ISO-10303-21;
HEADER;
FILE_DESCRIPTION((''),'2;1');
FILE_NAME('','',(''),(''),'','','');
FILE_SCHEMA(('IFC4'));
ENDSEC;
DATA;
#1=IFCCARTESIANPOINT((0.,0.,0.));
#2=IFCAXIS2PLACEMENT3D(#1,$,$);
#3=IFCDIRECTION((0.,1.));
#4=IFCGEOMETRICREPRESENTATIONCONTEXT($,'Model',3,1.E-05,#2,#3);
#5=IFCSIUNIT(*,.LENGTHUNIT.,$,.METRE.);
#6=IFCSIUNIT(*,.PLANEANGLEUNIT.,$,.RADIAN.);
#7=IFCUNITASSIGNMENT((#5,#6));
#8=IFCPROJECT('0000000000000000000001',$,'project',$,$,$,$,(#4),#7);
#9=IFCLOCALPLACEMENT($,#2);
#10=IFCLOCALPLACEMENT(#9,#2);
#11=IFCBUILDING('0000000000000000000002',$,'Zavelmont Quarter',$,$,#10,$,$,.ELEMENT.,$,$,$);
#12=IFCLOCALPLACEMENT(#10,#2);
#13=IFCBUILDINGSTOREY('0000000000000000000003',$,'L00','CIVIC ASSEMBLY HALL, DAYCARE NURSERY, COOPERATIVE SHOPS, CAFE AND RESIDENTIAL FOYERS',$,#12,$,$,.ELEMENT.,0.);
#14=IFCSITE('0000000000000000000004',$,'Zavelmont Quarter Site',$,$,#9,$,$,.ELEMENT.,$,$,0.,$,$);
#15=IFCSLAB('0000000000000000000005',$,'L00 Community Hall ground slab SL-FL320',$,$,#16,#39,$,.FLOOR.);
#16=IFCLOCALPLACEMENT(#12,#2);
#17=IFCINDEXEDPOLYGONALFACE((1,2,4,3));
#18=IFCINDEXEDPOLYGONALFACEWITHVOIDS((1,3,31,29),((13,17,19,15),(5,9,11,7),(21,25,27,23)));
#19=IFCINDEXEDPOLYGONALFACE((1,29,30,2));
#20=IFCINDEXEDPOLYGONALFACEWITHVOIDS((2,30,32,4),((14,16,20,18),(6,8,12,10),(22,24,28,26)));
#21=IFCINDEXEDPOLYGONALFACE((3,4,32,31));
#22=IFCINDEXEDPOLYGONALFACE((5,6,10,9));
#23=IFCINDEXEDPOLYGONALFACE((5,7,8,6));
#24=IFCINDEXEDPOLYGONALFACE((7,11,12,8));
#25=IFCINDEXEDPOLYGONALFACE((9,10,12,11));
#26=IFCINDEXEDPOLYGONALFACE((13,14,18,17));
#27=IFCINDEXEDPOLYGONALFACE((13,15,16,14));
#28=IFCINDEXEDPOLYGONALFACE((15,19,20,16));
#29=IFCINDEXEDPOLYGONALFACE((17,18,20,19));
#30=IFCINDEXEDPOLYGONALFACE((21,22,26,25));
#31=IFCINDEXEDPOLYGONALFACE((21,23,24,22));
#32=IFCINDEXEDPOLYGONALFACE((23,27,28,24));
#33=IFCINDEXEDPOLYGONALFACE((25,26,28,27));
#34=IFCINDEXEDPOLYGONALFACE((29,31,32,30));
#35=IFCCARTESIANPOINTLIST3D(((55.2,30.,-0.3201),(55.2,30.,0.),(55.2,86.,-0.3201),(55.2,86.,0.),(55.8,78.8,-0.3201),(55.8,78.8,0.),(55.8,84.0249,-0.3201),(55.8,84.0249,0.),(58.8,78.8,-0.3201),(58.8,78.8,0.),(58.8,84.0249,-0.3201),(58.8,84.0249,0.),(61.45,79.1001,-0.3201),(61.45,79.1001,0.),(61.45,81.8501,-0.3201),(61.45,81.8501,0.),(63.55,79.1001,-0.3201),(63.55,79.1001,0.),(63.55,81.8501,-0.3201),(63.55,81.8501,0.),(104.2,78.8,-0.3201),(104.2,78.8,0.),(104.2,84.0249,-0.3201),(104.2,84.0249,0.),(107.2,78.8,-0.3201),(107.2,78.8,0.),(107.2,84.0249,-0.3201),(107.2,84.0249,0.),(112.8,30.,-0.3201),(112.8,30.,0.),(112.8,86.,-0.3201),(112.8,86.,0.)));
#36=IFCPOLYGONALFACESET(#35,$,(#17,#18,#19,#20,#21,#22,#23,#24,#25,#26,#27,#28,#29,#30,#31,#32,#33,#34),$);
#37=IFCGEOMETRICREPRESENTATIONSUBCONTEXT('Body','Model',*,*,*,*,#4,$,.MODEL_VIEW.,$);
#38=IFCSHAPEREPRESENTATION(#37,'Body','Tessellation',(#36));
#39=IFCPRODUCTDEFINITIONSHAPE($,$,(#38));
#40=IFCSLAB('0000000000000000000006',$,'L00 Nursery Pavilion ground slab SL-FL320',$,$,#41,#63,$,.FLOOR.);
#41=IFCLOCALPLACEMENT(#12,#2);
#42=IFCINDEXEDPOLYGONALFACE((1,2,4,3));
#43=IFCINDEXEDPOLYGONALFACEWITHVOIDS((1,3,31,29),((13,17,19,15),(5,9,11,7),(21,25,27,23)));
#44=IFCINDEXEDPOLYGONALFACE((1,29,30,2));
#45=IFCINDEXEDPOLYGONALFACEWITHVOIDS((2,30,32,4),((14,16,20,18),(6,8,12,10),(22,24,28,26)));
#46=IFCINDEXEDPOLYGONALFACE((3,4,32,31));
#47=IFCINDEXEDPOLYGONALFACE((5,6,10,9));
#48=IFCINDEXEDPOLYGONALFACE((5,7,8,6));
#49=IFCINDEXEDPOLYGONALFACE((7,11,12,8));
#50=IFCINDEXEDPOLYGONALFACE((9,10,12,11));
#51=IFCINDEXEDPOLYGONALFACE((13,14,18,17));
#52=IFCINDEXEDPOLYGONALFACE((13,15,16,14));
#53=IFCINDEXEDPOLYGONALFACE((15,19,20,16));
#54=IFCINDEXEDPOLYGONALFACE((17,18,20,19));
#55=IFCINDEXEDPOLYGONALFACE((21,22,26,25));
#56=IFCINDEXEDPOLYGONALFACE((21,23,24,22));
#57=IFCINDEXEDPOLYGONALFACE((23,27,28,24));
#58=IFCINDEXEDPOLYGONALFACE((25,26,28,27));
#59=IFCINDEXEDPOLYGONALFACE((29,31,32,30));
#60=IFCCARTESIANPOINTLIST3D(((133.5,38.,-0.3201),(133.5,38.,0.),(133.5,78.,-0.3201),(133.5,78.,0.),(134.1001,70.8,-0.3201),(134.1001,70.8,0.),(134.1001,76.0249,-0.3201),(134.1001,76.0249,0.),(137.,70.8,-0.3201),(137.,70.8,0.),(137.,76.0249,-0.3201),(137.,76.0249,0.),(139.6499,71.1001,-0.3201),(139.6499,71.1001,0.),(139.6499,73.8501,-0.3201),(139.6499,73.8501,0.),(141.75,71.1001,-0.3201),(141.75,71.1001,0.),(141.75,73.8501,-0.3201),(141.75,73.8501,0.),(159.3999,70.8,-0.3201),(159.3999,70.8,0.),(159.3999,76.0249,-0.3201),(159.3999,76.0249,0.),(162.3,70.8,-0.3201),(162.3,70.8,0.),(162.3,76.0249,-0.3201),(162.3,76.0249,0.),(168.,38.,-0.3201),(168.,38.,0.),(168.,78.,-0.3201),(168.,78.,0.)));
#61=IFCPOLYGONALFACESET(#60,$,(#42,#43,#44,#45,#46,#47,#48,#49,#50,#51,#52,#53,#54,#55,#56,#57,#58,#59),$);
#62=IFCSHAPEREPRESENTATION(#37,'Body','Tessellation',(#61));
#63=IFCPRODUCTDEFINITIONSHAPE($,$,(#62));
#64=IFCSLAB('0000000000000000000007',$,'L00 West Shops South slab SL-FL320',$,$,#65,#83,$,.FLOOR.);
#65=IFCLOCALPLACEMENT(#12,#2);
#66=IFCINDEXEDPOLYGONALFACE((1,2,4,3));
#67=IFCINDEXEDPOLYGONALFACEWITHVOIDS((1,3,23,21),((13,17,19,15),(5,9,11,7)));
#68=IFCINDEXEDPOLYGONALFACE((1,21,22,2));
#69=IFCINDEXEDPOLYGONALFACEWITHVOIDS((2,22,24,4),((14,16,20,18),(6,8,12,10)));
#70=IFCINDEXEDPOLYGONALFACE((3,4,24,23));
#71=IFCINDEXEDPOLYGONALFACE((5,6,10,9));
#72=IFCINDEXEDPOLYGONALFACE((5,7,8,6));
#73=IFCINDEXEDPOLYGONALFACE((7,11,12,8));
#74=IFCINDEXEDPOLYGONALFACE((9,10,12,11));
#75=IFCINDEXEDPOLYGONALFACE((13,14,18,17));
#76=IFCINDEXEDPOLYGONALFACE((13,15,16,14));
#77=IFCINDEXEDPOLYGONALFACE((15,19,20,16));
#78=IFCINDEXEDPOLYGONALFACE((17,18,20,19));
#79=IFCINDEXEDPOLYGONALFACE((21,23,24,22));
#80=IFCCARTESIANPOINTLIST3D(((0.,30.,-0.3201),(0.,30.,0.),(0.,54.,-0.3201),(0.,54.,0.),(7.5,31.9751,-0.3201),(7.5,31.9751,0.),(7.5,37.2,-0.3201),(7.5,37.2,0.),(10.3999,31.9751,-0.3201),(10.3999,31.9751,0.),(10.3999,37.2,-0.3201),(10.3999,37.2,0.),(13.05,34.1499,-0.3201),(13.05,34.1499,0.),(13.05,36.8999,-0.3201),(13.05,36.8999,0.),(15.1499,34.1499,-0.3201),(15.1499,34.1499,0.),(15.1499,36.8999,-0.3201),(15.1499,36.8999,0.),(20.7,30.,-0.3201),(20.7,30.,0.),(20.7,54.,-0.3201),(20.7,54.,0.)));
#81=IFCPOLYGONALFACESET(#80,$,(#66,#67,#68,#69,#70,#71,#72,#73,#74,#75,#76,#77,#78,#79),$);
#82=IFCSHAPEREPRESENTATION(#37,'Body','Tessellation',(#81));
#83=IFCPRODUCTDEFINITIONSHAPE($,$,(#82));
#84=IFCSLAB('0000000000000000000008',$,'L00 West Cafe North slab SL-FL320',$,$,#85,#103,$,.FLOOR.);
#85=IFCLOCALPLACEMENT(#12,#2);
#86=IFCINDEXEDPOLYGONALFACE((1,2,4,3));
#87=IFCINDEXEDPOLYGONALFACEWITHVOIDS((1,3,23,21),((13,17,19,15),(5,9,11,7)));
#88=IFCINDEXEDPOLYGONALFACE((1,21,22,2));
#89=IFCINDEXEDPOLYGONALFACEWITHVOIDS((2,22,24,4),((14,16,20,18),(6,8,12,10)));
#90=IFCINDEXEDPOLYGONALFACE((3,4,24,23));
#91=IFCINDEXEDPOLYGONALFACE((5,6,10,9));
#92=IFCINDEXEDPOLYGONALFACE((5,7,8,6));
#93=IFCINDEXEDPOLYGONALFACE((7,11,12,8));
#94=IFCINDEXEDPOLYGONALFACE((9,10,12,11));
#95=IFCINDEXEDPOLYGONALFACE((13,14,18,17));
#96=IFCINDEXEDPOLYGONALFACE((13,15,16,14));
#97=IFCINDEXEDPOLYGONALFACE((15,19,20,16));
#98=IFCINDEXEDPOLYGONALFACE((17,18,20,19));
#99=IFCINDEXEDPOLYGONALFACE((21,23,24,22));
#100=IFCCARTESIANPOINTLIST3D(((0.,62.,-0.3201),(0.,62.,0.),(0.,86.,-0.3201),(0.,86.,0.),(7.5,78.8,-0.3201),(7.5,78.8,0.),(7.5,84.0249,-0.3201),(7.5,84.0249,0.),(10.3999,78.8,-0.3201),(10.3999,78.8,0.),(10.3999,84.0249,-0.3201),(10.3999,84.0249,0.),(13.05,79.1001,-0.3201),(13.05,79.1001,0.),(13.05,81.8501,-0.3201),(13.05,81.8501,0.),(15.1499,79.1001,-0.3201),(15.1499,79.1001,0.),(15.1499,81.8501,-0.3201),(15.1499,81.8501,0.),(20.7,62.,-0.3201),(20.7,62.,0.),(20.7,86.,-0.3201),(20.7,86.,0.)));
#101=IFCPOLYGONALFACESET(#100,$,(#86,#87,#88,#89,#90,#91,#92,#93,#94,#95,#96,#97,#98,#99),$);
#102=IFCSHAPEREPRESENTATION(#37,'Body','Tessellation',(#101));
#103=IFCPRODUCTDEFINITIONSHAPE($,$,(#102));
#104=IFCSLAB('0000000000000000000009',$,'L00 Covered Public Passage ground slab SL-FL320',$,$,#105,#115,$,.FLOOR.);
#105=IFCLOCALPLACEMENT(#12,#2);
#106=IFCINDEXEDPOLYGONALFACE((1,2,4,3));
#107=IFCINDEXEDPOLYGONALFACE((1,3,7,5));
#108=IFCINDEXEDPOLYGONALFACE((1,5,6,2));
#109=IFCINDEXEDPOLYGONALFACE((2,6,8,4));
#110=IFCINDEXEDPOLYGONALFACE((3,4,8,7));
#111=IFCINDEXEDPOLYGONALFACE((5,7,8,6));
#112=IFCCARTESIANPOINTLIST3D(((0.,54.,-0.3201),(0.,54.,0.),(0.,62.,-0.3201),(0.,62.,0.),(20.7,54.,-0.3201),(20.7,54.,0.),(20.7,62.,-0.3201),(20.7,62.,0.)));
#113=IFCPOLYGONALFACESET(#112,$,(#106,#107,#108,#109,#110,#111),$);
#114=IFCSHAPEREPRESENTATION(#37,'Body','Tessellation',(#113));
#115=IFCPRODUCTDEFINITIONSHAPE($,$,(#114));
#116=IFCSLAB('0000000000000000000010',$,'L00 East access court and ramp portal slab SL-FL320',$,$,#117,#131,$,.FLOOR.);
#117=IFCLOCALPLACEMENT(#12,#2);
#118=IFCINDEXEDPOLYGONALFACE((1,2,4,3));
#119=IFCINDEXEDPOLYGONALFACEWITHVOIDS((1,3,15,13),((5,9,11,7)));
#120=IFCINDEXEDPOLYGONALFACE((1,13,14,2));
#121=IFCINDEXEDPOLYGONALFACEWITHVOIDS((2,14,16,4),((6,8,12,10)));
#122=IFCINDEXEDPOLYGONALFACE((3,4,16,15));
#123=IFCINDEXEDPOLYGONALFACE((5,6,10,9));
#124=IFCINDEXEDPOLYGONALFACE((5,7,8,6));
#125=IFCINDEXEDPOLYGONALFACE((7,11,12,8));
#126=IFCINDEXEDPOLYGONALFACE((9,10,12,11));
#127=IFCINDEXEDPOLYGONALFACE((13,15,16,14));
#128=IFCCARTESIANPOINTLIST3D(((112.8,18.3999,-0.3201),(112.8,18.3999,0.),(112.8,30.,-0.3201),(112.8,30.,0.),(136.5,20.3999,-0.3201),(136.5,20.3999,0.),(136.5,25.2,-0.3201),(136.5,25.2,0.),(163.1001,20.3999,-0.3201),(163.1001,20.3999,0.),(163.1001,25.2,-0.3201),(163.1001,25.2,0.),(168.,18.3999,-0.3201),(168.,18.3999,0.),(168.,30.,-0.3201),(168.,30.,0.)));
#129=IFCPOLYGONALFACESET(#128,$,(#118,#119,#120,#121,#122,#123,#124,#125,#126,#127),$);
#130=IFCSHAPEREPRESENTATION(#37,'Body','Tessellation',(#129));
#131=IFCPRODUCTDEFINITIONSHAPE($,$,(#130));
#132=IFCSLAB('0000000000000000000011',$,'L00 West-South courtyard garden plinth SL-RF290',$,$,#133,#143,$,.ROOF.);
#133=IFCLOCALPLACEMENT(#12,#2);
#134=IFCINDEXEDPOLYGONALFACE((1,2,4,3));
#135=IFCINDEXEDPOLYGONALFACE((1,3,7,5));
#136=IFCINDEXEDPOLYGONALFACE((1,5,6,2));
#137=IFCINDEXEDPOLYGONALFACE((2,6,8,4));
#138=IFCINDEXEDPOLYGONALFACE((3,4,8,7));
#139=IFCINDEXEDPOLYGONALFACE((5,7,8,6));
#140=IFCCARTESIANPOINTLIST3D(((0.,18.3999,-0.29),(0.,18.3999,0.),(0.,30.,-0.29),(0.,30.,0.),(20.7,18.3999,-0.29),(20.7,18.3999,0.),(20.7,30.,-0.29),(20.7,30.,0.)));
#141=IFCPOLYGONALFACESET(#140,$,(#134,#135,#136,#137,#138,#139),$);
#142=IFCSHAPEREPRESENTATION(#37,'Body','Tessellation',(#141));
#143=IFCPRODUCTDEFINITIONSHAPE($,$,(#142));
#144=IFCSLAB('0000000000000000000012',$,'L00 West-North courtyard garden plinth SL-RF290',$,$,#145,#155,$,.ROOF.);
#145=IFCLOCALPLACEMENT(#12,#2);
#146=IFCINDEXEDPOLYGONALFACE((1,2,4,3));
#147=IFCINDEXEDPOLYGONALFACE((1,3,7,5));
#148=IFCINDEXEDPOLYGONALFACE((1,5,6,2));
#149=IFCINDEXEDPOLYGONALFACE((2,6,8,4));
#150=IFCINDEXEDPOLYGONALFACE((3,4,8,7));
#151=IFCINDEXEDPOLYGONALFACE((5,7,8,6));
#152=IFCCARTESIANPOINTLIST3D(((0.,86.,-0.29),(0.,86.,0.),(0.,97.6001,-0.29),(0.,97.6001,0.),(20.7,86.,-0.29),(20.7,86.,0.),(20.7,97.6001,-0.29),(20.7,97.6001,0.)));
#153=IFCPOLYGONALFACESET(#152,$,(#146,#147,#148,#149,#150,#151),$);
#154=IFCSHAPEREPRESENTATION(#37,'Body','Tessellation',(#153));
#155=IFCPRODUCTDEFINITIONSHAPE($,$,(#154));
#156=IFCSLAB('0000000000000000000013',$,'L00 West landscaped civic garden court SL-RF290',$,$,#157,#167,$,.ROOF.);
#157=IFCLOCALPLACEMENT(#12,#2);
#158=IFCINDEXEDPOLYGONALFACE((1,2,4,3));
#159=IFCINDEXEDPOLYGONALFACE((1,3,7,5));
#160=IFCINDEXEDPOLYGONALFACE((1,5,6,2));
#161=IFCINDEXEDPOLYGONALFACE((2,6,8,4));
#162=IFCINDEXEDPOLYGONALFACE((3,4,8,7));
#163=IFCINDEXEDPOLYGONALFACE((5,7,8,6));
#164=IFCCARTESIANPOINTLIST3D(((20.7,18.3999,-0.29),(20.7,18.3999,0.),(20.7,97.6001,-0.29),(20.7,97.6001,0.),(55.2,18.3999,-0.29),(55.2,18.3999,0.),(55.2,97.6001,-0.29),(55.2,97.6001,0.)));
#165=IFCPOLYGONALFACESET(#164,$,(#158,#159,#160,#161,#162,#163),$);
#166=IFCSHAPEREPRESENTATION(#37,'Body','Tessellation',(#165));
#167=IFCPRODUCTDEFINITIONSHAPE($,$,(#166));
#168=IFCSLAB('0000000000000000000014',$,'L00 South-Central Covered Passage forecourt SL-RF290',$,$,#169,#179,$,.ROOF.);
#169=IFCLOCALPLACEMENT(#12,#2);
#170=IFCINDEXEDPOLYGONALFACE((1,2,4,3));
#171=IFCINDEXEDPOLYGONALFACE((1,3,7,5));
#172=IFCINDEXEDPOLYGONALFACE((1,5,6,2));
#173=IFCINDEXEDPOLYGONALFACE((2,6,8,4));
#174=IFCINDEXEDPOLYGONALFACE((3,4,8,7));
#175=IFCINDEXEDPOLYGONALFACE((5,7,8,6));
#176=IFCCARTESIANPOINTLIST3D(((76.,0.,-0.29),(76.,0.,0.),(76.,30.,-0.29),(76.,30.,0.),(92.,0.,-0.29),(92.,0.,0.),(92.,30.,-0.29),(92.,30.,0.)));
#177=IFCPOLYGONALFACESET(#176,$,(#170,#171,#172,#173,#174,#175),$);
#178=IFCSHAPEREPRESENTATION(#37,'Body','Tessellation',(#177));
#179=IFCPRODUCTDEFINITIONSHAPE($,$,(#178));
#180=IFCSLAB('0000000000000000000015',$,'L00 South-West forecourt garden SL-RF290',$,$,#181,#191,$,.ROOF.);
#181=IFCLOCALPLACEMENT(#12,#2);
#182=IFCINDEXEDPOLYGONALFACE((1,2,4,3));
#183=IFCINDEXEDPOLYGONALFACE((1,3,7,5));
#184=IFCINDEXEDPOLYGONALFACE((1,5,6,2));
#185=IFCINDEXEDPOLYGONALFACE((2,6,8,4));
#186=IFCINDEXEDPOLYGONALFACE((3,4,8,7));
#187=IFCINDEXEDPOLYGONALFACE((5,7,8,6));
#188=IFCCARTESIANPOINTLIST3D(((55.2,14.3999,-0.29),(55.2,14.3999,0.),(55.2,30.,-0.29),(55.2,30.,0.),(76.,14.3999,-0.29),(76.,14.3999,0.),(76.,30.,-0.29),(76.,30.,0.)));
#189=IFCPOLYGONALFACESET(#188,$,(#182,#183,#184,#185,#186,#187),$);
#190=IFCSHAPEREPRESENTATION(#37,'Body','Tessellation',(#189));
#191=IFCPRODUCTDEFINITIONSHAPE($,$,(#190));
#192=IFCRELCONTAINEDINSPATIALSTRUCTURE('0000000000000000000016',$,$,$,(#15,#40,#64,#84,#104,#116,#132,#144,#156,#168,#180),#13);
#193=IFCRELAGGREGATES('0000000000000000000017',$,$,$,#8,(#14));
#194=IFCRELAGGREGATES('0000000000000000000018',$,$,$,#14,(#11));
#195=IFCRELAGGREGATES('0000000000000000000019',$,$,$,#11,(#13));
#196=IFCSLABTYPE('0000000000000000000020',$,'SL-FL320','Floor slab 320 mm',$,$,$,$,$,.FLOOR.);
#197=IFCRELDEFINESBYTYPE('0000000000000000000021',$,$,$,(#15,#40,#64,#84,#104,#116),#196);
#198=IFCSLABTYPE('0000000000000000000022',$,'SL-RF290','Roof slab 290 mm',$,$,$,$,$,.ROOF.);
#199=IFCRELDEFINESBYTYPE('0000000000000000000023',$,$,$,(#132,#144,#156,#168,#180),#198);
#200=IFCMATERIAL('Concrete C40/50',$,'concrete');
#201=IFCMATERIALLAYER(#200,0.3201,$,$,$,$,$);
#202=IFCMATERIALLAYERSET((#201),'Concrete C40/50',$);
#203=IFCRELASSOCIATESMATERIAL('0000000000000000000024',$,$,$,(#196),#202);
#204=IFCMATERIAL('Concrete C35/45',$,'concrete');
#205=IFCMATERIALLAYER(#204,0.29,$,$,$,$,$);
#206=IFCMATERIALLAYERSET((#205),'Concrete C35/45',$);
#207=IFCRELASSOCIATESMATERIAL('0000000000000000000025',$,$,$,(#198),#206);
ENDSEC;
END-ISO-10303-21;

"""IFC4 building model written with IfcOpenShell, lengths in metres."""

from ifc_helpers import new_model, si_unit, direction, frame, origin, place, context, subcontext, project, spatial, polyline, outline, extrude, material, layer, layer_set, type_object, element, save


model = new_model("IFC4")

# Units and contexts
model_context = context("Model", 3, precision=1e-05, world=origin(), true_north=direction((0.0, 1.0)))
body_context = subcontext(model_context, "Body", "Model", "MODEL_VIEW")
ifc_project = project(units=[si_unit("LENGTHUNIT", "METRE"), si_unit("PLANEANGLEUNIT", "RADIAN")], contexts=[model_context])

# Site, building, storey
site_placement = place(None, origin())
site = spatial("IfcSite", under=ifc_project, at=site_placement, Name="Zavelmont Quarter Site", CompositionType="ELEMENT", RefElevation=0.0)
building_placement = place(site_placement, origin())
building = spatial("IfcBuilding", under=site, at=building_placement, Name="Zavelmont Quarter", CompositionType="ELEMENT")
storey_placement = place(building_placement, origin())
storey = spatial("IfcBuildingStorey", under=building, at=storey_placement, Name="L00", Description="CIVIC ASSEMBLY HALL, DAYCARE NURSERY, COOPERATIVE SHOPS, CAFE AND RESIDENTIAL FOYERS", CompositionType="ELEMENT", Elevation=0.0)

# Slabs
ifc_material_1 = material(Name="Concrete C40/50", Category="concrete")
ifc_layer_1 = layer(ifc_material_1, 0.3201)
ifc_layer_set_1 = layer_set([ifc_layer_1], Name="Concrete C40/50")
slab_type_1 = type_object("IfcSlabType", Name="SL-FL320", Description="Floor slab 320 mm", PredefinedType="FLOOR", material=ifc_layer_set_1)
slab_1_placement = place(storey_placement, frame((0.0, 0.0, -0.3201)))
element("IfcSlab", 1, at=slab_1_placement, inside=storey, type_object=slab_type_1, Name="L00 Community Hall ground slab SL-FL320", PredefinedType="FLOOR", context=body_context, shape_type="SweptSolid", body=[
    extrude(outline(polyline([(55.2, 30.0), (112.8, 30.0), (112.8, 86.0), (55.2, 86.0), (55.2, 30.0)]), holes=[polyline([(55.8, 84.0249), (55.8, 78.8), (58.8, 78.8), (58.8, 84.0249), (55.8, 84.0249)]), polyline([(61.45, 79.1001), (63.55, 79.1001), (63.55, 81.8501), (61.45, 81.8501), (61.45, 79.1001)]), polyline([(104.2, 84.0249), (104.2, 78.8), (107.2, 78.8), (107.2, 84.0249), (104.2, 84.0249)])]), origin(), (0.0, 0.0, 1.0), 0.3201),
])
slab_2_placement = place(storey_placement, frame((0.0, 0.0, -0.3201)))
element("IfcSlab", 2, at=slab_2_placement, inside=storey, type_object=slab_type_1, Name="L00 Nursery Pavilion ground slab SL-FL320", PredefinedType="FLOOR", context=body_context, shape_type="SweptSolid", body=[
    extrude(outline(polyline([(133.5, 38.0), (168.0, 38.0), (168.0, 78.0), (133.5, 78.0), (133.5, 38.0)]), holes=[polyline([(134.1001, 76.0249), (134.1001, 70.8), (137.0, 70.8), (137.0, 76.0249), (134.1001, 76.0249)]), polyline([(139.6499, 71.1001), (141.75, 71.1001), (141.75, 73.8501), (139.6499, 73.8501), (139.6499, 71.1001)]), polyline([(159.3999, 76.0249), (159.3999, 70.8), (162.3, 70.8), (162.3, 76.0249), (159.3999, 76.0249)])]), origin(), (0.0, 0.0, 1.0), 0.3201),
])
slab_3_placement = place(storey_placement, frame((0.0, 0.0, -0.3201)))
element("IfcSlab", 3, at=slab_3_placement, inside=storey, type_object=slab_type_1, Name="L00 West Shops South slab SL-FL320", PredefinedType="FLOOR", context=body_context, shape_type="SweptSolid", body=[
    extrude(outline(polyline([(0.0, 30.0), (20.7, 30.0), (20.7, 54.0), (0.0, 54.0), (0.0, 30.0)]), holes=[polyline([(10.3999, 31.9751), (10.3999, 37.2), (7.5, 37.2), (7.5, 31.9751), (10.3999, 31.9751)]), polyline([(13.05, 34.1499), (15.1499, 34.1499), (15.1499, 36.8999), (13.05, 36.8999), (13.05, 34.1499)])]), origin(), (0.0, 0.0, 1.0), 0.3201),
])
slab_4_placement = place(storey_placement, frame((0.0, 0.0, -0.3201)))
element("IfcSlab", 4, at=slab_4_placement, inside=storey, type_object=slab_type_1, Name="L00 West Cafe North slab SL-FL320", PredefinedType="FLOOR", context=body_context, shape_type="SweptSolid", body=[
    extrude(outline(polyline([(0.0, 62.0), (20.7, 62.0), (20.7, 86.0), (0.0, 86.0), (0.0, 62.0)]), holes=[polyline([(7.5, 84.0249), (7.5, 78.8), (10.3999, 78.8), (10.3999, 84.0249), (7.5, 84.0249)]), polyline([(13.05, 79.1001), (15.1499, 79.1001), (15.1499, 81.8501), (13.05, 81.8501), (13.05, 79.1001)])]), origin(), (0.0, 0.0, 1.0), 0.3201),
])
slab_5_placement = place(storey_placement, frame((0.0, 0.0, -0.3201)))
element("IfcSlab", 5, at=slab_5_placement, inside=storey, type_object=slab_type_1, Name="L00 Covered Public Passage ground slab SL-FL320", PredefinedType="FLOOR", context=body_context, shape_type="SweptSolid", body=[
    extrude(outline(polyline([(0.0, 54.0), (20.7, 54.0), (20.7, 62.0), (0.0, 62.0), (0.0, 54.0)])), origin(), (0.0, 0.0, 1.0), 0.3201),
])
slab_6_placement = place(storey_placement, frame((0.0, 0.0, -0.3201)))
element("IfcSlab", 6, at=slab_6_placement, inside=storey, type_object=slab_type_1, Name="L00 East access court and ramp portal slab SL-FL320", PredefinedType="FLOOR", context=body_context, shape_type="SweptSolid", body=[
    extrude(outline(polyline([(112.8, 18.3999), (168.0, 18.3999), (168.0, 30.0), (112.8, 30.0), (112.8, 18.3999)]), holes=[polyline([(136.5, 20.3999), (163.1001, 20.3999), (163.1001, 25.2), (136.5, 25.2), (136.5, 20.3999)])]), origin(), (0.0, 0.0, 1.0), 0.3201),
])
ifc_material_2 = material(Name="Concrete C35/45", Category="concrete")
ifc_layer_2 = layer(ifc_material_2, 0.29)
ifc_layer_set_2 = layer_set([ifc_layer_2], Name="Concrete C35/45")
slab_type_2 = type_object("IfcSlabType", Name="SL-RF290", Description="Roof slab 290 mm", PredefinedType="ROOF", material=ifc_layer_set_2)
slab_7_placement = place(storey_placement, frame((0.0, 0.0, -0.29)))
element("IfcSlab", 7, at=slab_7_placement, inside=storey, type_object=slab_type_2, Name="L00 West-South courtyard garden plinth SL-RF290", PredefinedType="ROOF", context=body_context, shape_type="SweptSolid", body=[
    extrude(outline(polyline([(0.0, 18.3999), (20.7, 18.3999), (20.7, 30.0), (0.0, 30.0), (0.0, 18.3999)])), origin(), (0.0, 0.0, 1.0), 0.29),
])
slab_8_placement = place(storey_placement, frame((0.0, 0.0, -0.29)))
element("IfcSlab", 8, at=slab_8_placement, inside=storey, type_object=slab_type_2, Name="L00 West-North courtyard garden plinth SL-RF290", PredefinedType="ROOF", context=body_context, shape_type="SweptSolid", body=[
    extrude(outline(polyline([(0.0, 86.0), (20.7, 86.0), (20.7, 97.6001), (0.0, 97.6001), (0.0, 86.0)])), origin(), (0.0, 0.0, 1.0), 0.29),
])
slab_9_placement = place(storey_placement, frame((0.0, 0.0, -0.29)))
element("IfcSlab", 9, at=slab_9_placement, inside=storey, type_object=slab_type_2, Name="L00 West landscaped civic garden court SL-RF290", PredefinedType="ROOF", context=body_context, shape_type="SweptSolid", body=[
    extrude(outline(polyline([(20.7, 18.3999), (55.2, 18.3999), (55.2, 97.6001), (20.7, 97.6001), (20.7, 18.3999)])), origin(), (0.0, 0.0, 1.0), 0.29),
])
slab_10_placement = place(storey_placement, frame((0.0, 0.0, -0.29)))
element("IfcSlab", 10, at=slab_10_placement, inside=storey, type_object=slab_type_2, Name="L00 South-Central Covered Passage forecourt SL-RF290", PredefinedType="ROOF", context=body_context, shape_type="SweptSolid", body=[
    extrude(outline(polyline([(76.0, 0.0), (92.0, 0.0), (92.0, 30.0), (76.0, 30.0), (76.0, 0.0)])), origin(), (0.0, 0.0, 1.0), 0.29),
])
slab_11_placement = place(storey_placement, frame((0.0, 0.0, -0.29)))
element("IfcSlab", 11, at=slab_11_placement, inside=storey, type_object=slab_type_2, Name="L00 South-West forecourt garden SL-RF290", PredefinedType="ROOF", context=body_context, shape_type="SweptSolid", body=[
    extrude(outline(polyline([(55.2, 14.3999), (76.0, 14.3999), (76.0, 30.0), (55.2, 30.0), (55.2, 14.3999)])), origin(), (0.0, 0.0, 1.0), 0.29),
])

save(model, "model.ifc")
